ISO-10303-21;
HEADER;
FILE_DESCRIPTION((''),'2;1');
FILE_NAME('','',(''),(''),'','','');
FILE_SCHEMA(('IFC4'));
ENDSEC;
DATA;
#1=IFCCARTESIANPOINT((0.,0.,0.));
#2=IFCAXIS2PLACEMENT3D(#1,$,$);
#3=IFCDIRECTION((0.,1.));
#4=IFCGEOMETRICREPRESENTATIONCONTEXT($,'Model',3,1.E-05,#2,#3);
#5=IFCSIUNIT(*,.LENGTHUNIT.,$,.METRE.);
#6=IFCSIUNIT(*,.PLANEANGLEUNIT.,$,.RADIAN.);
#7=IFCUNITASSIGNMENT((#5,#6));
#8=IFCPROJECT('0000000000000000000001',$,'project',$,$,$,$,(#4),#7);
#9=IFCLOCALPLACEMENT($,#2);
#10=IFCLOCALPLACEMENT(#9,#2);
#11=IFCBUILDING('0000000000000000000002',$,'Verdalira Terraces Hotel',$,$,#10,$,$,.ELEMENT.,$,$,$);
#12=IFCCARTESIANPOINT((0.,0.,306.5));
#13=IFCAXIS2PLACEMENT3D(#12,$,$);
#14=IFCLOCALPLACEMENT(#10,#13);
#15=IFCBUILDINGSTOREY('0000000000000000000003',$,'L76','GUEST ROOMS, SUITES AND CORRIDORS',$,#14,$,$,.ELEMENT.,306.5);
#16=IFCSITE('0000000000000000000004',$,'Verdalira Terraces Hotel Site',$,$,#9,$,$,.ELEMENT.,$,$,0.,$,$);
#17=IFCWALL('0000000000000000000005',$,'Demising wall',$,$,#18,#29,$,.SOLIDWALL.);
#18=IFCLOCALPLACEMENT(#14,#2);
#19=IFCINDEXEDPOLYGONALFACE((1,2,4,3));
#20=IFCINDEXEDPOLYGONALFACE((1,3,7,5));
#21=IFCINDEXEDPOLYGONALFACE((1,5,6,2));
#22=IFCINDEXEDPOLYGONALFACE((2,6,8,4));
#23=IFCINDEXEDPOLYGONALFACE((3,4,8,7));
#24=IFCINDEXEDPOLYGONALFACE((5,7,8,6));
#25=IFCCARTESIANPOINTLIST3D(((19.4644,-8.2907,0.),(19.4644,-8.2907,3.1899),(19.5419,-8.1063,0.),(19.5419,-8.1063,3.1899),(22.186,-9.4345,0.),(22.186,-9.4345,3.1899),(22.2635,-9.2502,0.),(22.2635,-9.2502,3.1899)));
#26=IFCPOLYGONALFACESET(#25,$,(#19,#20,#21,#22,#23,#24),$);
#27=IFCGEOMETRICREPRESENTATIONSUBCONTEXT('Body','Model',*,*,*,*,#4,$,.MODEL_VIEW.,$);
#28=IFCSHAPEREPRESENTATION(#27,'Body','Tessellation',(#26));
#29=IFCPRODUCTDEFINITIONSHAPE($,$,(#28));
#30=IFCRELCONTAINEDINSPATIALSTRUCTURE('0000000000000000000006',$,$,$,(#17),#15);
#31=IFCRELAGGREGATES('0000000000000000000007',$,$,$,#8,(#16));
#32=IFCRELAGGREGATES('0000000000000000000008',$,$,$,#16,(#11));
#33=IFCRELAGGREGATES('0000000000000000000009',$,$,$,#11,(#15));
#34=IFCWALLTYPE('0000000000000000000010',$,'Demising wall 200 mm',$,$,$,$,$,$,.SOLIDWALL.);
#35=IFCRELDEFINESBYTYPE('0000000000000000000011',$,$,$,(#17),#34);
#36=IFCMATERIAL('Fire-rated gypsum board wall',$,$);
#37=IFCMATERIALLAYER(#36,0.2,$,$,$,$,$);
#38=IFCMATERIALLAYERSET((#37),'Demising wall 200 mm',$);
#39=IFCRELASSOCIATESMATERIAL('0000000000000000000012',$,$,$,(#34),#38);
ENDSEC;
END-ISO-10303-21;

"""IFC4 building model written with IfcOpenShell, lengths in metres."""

from ifc_helpers import new_model, si_unit, direction, frame, frame_2d, origin, place, context, subcontext, project, spatial, rectangle, extrude, material, layer, layer_set, type_object, element, save


model = new_model("IFC4")

# Units and contexts
model_context = context("Model", 3, precision=1e-05, world=origin(), true_north=direction((0.0, 1.0)))
body_context = subcontext(model_context, "Body", "Model", "MODEL_VIEW")
ifc_project = project(units=[si_unit("LENGTHUNIT", "METRE"), si_unit("PLANEANGLEUNIT", "RADIAN")], contexts=[model_context])

# Site, building, storey
site_placement = place(None, origin())
site = spatial("IfcSite", under=ifc_project, at=site_placement, Name="Verdalira Terraces Hotel Site", CompositionType="ELEMENT", RefElevation=0.0)
building_placement = place(site_placement, origin())
building = spatial("IfcBuilding", under=site, at=building_placement, Name="Verdalira Terraces Hotel", CompositionType="ELEMENT")
storey_placement = place(building_placement, frame((0.0, 0.0, 306.5)))
storey = spatial("IfcBuildingStorey", under=building, at=storey_placement, Name="L76", Description="GUEST ROOMS, SUITES AND CORRIDORS", CompositionType="ELEMENT", Elevation=306.5)

# Wall
ifc_material_1 = material(Name="Fire-rated gypsum board wall")
ifc_layer_1 = layer(ifc_material_1, 0.2)
ifc_layer_set_1 = layer_set([ifc_layer_1], Name="Demising wall 200 mm")
wall_type_1 = type_object("IfcWallType", Name="Demising wall 200 mm", PredefinedType="SOLIDWALL", material=ifc_layer_set_1)
wall_1_placement = place(storey_placement, frame((19.5032, -8.1985, 0.0), z_axis=(0.0, 0.0, 1.0), x_axis=(0.921886, -0.387462, 0.0)))
element("IfcWall", 1, at=wall_1_placement, inside=storey, type_object=wall_type_1, Name="Demising wall", PredefinedType="SOLIDWALL", context=body_context, shape_type="SweptSolid", body=[
    extrude(rectangle(XDim=2.9521, YDim=0.2, at=frame_2d((1.4761, 0.0))), origin(), (0.0, 0.0, 1.0), 3.1899),
])

save(model, "model.ifc")
